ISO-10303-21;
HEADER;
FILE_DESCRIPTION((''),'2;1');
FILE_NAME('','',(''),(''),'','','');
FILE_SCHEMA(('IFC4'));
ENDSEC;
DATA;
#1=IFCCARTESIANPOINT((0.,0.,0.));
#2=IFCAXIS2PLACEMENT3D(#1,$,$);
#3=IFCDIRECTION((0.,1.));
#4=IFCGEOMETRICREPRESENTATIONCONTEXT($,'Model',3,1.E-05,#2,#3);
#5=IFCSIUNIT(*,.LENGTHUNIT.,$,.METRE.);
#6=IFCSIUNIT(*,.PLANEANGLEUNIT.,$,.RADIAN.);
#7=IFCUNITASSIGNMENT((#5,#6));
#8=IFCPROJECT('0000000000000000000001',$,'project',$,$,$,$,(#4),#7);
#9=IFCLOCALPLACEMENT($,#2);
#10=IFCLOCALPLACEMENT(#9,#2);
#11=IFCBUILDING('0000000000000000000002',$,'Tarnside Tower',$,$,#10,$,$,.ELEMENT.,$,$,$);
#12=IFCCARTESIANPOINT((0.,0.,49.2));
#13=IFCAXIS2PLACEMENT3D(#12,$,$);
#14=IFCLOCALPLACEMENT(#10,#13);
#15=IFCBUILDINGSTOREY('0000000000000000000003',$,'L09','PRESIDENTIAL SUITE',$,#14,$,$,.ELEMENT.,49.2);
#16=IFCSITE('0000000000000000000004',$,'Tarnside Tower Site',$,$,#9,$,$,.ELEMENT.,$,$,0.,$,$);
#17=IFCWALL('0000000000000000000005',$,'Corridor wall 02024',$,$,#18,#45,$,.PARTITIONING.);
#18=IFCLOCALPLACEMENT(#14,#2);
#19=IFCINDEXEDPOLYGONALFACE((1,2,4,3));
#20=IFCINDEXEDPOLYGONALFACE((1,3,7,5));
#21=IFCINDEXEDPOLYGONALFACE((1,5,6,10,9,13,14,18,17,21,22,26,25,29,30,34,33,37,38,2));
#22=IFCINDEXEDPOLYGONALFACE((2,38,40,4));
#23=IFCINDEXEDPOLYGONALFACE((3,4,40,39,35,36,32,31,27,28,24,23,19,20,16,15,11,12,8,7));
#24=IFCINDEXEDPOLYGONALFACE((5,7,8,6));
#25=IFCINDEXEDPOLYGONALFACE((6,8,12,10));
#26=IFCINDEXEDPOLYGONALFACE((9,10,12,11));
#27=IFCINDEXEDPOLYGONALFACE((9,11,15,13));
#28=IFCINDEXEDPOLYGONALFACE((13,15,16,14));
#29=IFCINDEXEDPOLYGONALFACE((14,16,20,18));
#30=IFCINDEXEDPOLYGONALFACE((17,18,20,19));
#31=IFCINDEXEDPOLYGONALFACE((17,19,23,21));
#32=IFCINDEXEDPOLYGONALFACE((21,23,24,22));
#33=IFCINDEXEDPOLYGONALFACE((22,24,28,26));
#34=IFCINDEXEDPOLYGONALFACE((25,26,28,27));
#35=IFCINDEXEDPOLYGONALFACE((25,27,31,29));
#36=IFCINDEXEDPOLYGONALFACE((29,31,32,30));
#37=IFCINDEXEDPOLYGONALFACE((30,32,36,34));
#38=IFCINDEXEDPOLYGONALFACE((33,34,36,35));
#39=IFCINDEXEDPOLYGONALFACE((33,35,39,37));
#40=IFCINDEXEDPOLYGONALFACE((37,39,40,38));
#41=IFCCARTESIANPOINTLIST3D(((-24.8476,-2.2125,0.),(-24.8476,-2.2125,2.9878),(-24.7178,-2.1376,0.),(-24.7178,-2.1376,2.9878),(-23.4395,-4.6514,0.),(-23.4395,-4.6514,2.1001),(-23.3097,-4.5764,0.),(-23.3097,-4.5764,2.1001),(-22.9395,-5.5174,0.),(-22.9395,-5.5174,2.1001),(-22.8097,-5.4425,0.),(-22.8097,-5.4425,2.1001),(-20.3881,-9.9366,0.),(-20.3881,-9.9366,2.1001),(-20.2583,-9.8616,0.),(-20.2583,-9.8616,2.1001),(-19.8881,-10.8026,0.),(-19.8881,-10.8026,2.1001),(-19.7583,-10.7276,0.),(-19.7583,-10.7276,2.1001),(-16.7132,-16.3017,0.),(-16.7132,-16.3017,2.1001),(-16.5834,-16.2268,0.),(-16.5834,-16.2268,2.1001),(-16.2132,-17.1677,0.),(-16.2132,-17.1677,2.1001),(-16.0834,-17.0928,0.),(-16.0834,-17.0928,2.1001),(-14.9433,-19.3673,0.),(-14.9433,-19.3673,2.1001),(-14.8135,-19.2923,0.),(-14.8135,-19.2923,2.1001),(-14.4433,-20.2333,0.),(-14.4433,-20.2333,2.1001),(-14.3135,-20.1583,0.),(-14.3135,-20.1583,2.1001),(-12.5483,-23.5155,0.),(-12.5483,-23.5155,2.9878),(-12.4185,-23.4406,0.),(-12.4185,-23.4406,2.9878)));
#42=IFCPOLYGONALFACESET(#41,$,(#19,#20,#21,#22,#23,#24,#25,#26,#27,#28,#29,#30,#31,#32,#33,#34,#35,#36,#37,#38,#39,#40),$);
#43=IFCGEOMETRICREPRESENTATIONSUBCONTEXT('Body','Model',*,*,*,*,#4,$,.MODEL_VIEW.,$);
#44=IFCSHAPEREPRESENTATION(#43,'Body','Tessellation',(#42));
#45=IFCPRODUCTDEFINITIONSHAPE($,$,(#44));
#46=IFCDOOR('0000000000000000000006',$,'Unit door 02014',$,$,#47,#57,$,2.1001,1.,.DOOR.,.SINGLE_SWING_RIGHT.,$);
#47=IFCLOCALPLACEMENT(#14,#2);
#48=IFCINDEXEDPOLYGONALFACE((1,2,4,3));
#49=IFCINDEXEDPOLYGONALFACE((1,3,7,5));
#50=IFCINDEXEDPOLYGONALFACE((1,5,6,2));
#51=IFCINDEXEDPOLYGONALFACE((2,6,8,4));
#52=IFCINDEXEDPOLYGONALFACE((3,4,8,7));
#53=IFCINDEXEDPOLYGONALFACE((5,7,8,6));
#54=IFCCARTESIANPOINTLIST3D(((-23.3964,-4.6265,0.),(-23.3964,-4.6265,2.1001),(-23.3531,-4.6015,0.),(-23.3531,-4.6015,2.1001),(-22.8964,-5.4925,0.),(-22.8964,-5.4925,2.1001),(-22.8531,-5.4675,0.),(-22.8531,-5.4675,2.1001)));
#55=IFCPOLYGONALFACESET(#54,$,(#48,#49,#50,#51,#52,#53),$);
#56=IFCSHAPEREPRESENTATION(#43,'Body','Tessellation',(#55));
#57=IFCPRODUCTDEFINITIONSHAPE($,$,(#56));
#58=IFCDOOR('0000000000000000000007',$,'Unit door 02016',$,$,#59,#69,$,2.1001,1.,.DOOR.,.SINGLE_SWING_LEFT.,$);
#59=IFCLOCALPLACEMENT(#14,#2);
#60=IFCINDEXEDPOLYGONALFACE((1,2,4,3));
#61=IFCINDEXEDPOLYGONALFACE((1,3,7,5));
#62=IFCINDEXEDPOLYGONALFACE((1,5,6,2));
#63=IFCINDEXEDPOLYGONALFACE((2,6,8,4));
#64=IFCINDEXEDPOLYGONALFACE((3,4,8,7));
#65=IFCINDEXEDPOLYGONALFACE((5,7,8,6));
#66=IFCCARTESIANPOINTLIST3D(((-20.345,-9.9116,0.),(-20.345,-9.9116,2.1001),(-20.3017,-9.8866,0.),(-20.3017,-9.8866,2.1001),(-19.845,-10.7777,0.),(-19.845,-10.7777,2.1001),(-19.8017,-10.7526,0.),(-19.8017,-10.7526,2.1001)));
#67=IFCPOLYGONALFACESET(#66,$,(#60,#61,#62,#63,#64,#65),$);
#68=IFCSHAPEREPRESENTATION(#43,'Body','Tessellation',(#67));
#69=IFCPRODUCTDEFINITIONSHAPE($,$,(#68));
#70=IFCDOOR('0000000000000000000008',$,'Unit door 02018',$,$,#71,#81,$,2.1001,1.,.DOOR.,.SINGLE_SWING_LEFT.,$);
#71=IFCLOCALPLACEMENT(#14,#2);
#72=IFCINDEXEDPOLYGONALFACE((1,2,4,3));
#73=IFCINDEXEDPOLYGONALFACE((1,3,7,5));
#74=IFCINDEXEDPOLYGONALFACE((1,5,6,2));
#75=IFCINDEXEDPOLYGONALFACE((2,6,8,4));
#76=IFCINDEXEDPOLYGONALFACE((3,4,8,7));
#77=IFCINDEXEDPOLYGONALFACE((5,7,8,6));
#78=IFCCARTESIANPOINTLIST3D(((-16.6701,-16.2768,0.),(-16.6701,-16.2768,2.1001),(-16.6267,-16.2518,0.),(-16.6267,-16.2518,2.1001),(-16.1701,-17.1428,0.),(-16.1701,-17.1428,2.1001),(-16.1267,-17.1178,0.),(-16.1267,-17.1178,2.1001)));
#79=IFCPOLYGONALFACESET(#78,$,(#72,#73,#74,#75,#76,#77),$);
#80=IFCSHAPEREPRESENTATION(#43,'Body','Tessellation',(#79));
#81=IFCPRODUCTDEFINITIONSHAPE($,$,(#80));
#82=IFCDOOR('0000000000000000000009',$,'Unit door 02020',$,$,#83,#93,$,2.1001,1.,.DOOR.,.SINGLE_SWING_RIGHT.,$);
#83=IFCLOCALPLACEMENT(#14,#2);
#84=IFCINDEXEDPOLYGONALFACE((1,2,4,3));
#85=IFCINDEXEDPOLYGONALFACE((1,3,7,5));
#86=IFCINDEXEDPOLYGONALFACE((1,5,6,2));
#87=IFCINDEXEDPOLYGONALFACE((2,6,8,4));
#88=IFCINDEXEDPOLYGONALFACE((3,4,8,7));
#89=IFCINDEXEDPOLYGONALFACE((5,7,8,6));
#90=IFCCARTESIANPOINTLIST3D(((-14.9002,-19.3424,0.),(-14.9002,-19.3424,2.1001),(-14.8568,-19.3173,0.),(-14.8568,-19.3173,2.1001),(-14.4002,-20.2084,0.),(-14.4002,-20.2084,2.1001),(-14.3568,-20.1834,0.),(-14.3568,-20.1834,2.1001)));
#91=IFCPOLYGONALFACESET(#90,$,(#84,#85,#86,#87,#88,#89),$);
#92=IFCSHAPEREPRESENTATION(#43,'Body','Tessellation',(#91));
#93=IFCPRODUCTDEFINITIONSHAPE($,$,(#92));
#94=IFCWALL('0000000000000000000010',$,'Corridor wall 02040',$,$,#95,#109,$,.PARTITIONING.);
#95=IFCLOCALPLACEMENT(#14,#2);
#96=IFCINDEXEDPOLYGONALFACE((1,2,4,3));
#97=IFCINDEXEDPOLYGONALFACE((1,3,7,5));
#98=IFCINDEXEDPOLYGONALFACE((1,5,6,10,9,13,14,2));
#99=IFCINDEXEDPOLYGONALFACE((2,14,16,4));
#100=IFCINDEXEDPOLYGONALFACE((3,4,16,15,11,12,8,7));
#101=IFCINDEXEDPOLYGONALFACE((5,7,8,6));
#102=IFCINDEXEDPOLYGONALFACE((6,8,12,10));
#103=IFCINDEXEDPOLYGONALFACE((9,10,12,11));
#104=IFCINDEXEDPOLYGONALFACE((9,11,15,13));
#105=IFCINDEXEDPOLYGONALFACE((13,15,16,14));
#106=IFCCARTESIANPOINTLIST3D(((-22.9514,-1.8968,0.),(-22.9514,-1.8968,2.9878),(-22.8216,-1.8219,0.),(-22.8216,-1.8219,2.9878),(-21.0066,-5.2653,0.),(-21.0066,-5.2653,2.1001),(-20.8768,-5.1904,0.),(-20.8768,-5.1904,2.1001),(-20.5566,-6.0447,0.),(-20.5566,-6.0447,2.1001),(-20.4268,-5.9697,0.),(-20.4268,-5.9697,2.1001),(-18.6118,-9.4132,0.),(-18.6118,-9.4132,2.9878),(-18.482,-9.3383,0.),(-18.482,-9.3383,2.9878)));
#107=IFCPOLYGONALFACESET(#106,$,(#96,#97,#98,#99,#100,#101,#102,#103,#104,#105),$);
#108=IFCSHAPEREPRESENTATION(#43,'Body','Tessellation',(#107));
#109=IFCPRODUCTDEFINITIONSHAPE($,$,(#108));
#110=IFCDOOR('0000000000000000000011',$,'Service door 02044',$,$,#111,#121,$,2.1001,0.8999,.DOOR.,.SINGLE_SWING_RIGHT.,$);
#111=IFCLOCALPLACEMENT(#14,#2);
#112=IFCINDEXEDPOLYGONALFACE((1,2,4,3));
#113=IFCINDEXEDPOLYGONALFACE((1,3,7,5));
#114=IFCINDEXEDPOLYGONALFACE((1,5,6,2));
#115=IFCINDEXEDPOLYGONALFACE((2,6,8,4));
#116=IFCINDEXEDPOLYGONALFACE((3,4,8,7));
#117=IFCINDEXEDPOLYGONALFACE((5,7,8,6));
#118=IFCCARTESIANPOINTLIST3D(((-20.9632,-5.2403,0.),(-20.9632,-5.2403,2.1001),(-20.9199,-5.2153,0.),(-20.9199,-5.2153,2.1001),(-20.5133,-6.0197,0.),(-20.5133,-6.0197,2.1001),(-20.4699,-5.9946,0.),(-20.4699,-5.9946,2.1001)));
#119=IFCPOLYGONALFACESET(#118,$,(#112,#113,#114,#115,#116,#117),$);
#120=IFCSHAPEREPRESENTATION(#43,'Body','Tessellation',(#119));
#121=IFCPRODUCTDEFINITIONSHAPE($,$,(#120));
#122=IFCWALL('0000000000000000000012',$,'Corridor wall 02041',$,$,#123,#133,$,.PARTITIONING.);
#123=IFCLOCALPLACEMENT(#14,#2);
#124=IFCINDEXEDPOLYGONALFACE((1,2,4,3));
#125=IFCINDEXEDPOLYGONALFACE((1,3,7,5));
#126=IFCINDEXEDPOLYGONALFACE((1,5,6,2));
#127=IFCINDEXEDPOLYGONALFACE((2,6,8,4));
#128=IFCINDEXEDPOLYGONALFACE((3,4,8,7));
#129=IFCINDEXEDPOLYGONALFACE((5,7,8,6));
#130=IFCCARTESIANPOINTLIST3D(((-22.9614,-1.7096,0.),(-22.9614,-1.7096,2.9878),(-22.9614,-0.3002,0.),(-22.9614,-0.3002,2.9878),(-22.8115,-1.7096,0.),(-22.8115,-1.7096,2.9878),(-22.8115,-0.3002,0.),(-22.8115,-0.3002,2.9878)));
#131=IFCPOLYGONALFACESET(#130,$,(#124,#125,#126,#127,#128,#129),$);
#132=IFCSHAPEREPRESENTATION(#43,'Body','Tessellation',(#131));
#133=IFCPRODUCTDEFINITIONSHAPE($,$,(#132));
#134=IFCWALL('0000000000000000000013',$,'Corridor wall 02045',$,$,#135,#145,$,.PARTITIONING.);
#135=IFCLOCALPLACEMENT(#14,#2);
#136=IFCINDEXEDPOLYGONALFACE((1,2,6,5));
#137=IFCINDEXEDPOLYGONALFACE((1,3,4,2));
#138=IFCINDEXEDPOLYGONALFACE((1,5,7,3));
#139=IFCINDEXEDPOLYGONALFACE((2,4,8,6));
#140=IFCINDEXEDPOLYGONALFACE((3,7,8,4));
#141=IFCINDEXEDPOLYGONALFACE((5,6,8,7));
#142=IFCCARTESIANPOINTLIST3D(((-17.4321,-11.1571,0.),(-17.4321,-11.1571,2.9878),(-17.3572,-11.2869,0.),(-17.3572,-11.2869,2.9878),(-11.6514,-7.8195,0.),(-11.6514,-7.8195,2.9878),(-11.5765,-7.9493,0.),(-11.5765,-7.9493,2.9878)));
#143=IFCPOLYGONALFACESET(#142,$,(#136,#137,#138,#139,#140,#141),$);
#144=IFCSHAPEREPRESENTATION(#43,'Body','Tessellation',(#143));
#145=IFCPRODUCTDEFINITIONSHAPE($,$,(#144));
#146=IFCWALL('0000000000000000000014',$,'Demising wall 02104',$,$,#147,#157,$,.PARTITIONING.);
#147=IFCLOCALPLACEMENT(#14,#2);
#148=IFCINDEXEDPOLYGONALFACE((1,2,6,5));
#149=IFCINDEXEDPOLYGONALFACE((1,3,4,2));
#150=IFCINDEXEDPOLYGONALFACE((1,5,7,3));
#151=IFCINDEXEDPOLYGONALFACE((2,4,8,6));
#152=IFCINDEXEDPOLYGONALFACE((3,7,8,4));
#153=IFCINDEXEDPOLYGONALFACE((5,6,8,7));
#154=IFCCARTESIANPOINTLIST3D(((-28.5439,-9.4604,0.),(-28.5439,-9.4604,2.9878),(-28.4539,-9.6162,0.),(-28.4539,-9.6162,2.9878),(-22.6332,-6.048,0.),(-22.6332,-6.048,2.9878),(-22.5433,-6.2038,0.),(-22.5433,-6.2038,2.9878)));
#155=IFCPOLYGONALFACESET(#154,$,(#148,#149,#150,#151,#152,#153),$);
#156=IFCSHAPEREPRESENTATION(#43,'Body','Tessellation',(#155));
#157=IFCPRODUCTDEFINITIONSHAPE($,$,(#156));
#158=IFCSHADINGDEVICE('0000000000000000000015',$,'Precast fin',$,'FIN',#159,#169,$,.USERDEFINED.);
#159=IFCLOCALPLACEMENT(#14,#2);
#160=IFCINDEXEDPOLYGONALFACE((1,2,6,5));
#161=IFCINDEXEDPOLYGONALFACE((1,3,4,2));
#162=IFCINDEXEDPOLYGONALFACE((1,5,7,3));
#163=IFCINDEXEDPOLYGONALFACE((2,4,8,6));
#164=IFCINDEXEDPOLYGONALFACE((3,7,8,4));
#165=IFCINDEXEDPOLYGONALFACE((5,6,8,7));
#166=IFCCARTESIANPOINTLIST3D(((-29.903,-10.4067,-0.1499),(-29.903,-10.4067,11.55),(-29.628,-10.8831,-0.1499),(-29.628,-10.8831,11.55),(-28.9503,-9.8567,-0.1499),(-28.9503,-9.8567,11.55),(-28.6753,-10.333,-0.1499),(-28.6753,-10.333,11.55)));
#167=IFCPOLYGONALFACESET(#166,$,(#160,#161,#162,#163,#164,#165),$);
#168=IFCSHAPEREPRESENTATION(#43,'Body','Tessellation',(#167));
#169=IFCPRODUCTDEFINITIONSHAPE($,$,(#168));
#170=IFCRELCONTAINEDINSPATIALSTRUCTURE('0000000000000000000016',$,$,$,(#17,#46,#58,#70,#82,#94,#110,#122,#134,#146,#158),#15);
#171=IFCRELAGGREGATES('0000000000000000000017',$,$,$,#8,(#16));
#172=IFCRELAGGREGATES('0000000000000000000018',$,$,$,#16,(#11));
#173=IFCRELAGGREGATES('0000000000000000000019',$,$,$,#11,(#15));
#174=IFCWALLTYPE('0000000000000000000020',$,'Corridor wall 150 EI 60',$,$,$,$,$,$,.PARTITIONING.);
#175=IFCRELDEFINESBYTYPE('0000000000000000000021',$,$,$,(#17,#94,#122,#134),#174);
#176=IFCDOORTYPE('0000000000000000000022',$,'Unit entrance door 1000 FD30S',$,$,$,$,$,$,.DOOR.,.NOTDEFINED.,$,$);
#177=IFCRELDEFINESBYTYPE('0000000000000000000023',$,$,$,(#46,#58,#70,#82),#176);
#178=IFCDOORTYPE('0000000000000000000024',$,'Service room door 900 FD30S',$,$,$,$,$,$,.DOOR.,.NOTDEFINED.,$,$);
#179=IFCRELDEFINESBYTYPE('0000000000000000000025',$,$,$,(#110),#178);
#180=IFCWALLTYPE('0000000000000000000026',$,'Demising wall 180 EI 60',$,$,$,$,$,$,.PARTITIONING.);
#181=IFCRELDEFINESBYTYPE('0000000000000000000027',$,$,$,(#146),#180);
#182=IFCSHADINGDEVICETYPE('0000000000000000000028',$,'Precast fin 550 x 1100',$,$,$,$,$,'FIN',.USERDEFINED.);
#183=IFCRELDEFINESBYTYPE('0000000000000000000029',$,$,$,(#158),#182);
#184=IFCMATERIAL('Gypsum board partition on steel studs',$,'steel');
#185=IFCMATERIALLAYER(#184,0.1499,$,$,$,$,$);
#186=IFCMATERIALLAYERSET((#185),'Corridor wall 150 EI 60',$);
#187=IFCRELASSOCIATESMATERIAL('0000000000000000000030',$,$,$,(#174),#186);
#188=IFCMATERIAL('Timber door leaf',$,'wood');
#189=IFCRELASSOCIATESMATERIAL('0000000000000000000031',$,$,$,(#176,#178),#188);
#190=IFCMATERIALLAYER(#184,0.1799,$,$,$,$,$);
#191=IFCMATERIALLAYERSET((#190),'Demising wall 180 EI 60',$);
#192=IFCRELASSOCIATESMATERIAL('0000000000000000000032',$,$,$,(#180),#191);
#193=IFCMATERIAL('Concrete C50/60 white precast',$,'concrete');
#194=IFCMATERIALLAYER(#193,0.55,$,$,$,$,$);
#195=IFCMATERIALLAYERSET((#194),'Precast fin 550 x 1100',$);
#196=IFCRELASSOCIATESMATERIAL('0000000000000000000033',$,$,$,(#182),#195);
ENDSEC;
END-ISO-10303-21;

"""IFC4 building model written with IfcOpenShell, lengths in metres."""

from ifc_helpers import new_model, si_unit, direction, frame, frame_2d, origin, place, context, subcontext, project, spatial, polyline, rectangle, outline, extrude, material, layer, layer_set, type_object, element, fill, save


model = new_model("IFC4")

# Units and contexts
model_context = context("Model", 3, precision=1e-05, world=origin(), true_north=direction((0.0, 1.0)))
body_context = subcontext(model_context, "Body", "Model", "MODEL_VIEW")
ifc_project = project(units=[si_unit("LENGTHUNIT", "METRE"), si_unit("PLANEANGLEUNIT", "RADIAN")], contexts=[model_context])

# Site, building, storey
site_placement = place(None, origin())
site = spatial("IfcSite", under=ifc_project, at=site_placement, Name="Tarnside Tower Site", CompositionType="ELEMENT", RefElevation=0.0)
building_placement = place(site_placement, origin())
building = spatial("IfcBuilding", under=site, at=building_placement, Name="Tarnside Tower", CompositionType="ELEMENT")
storey_placement = place(building_placement, frame((0.0, 0.0, 49.2)))
storey = spatial("IfcBuildingStorey", under=building, at=storey_placement, Name="L09", Description="PRESIDENTIAL SUITE", CompositionType="ELEMENT", Elevation=49.2)

# Shared definitions
ifc_material_1 = material(Name="Gypsum board partition on steel studs", Category="steel")
ifc_material_2 = material(Name="Timber door leaf", Category="wood")

# Shared definitions
ifc_layer_1 = layer(ifc_material_1, 0.1499)
ifc_layer_set_1 = layer_set([ifc_layer_1], Name="Corridor wall 150 EI 60")
wall_type_1 = type_object("IfcWallType", Name="Corridor wall 150 EI 60", PredefinedType="PARTITIONING", material=ifc_layer_set_1)

# Wall, openings, doors
wall_1_placement = place(storey_placement, frame((-24.7827, -2.175, 0.0), z_axis=(0.0, 0.0, 1.0), x_axis=(0.500001, -0.866025, 0.0)))
wall_1 = element("IfcWall", 1, at=wall_1_placement, inside=storey, type_object=wall_type_1, Name="Corridor wall 02024", PredefinedType="PARTITIONING", context=body_context, shape_type="SweptSolid", body=[
    extrude(rectangle(XDim=24.5986, YDim=0.1499, at=frame_2d((12.2993, 0.0))), origin(), (0.0, 0.0, 1.0), 2.9878),
])
opening_1_placement = place(wall_1_placement, frame((2.8162, 0.0, 0.0)))
opening_1 = element("IfcOpeningElement", 2, at=opening_1_placement, cuts=wall_1, PredefinedType="OPENING", context=body_context, shape_type="SweptSolid", body=[
    extrude(rectangle(XDim=1.0, YDim=2.1001, at=frame_2d((0.5, 1.05))), frame((0.0, 0.085, 0.0), z_axis=(0.0, -1.0, 0.0), x_axis=(1.0, 0.0, 0.0)), (0.0, 0.0, 1.0), 0.1699),
])
opening_2_placement = place(wall_1_placement, frame((8.9189, 0.0, 0.0)))
opening_2 = element("IfcOpeningElement", 3, at=opening_2_placement, cuts=wall_1, PredefinedType="OPENING", context=body_context, shape_type="SweptSolid", body=[
    extrude(rectangle(XDim=1.0, YDim=2.1001, at=frame_2d((0.5, 1.05))), frame((0.0, 0.085, 0.0), z_axis=(0.0, -1.0, 0.0), x_axis=(1.0, 0.0, 0.0)), (0.0, 0.0, 1.0), 0.1699),
])
opening_3_placement = place(wall_1_placement, frame((16.2688, 0.0, 0.0)))
opening_3 = element("IfcOpeningElement", 4, at=opening_3_placement, cuts=wall_1, PredefinedType="OPENING", context=body_context, shape_type="SweptSolid", body=[
    extrude(rectangle(XDim=1.0, YDim=2.1001, at=frame_2d((0.5, 1.05))), frame((0.0, 0.085, 0.0), z_axis=(0.0, -1.0, 0.0), x_axis=(1.0, 0.0, 0.0)), (0.0, 0.0, 1.0), 0.1699),
])
opening_4_placement = place(wall_1_placement, frame((19.8086, 0.0, 0.0)))
opening_4 = element("IfcOpeningElement", 5, at=opening_4_placement, cuts=wall_1, PredefinedType="OPENING", context=body_context, shape_type="SweptSolid", body=[
    extrude(rectangle(XDim=1.0, YDim=2.1001, at=frame_2d((0.5, 1.05))), frame((0.0, 0.085, 0.0), z_axis=(0.0, -1.0, 0.0), x_axis=(1.0, 0.0, 0.0)), (0.0, 0.0, 1.0), 0.1699),
])
door_type_1 = type_object("IfcDoorType", Name="Unit entrance door 1000 FD30S", OperationType="NOTDEFINED", PredefinedType="DOOR", material=ifc_material_2)
door_1_placement = place(opening_1_placement, origin())
door_1 = element("IfcDoor", 6, at=door_1_placement, inside=storey, type_object=door_type_1, Name="Unit door 02014", OperationType="SINGLE_SWING_RIGHT", OverallHeight=2.1001, OverallWidth=1.0, PredefinedType="DOOR", context=body_context, shape_type="SweptSolid", body=[
    extrude(rectangle(XDim=1.0, YDim=2.1001, at=frame_2d((0.5, 1.05))), frame((0.0, 0.0249, 0.0), z_axis=(0.0, -1.0, 0.0), x_axis=(1.0, 0.0, 0.0)), (0.0, 0.0, 1.0), 0.05),
])
fill(opening_1, door_1)
door_2_placement = place(opening_2_placement, origin())
door_2 = element("IfcDoor", 7, at=door_2_placement, inside=storey, type_object=door_type_1, Name="Unit door 02016", OperationType="SINGLE_SWING_LEFT", OverallHeight=2.1001, OverallWidth=1.0, PredefinedType="DOOR", context=body_context, shape_type="SweptSolid", body=[
    extrude(rectangle(XDim=1.0, YDim=2.1001, at=frame_2d((0.5, 1.05))), frame((0.0, 0.0249, 0.0), z_axis=(0.0, -1.0, 0.0), x_axis=(1.0, 0.0, 0.0)), (0.0, 0.0, 1.0), 0.05),
])
fill(opening_2, door_2)
door_3_placement = place(opening_3_placement, origin())
door_3 = element("IfcDoor", 8, at=door_3_placement, inside=storey, type_object=door_type_1, Name="Unit door 02018", OperationType="SINGLE_SWING_LEFT", OverallHeight=2.1001, OverallWidth=1.0, PredefinedType="DOOR", context=body_context, shape_type="SweptSolid", body=[
    extrude(rectangle(XDim=1.0, YDim=2.1001, at=frame_2d((0.5, 1.05))), frame((0.0, 0.0249, 0.0), z_axis=(0.0, -1.0, 0.0), x_axis=(1.0, 0.0, 0.0)), (0.0, 0.0, 1.0), 0.05),
])
fill(opening_3, door_3)
door_4_placement = place(opening_4_placement, origin())
door_4 = element("IfcDoor", 9, at=door_4_placement, inside=storey, type_object=door_type_1, Name="Unit door 02020", OperationType="SINGLE_SWING_RIGHT", OverallHeight=2.1001, OverallWidth=1.0, PredefinedType="DOOR", context=body_context, shape_type="SweptSolid", body=[
    extrude(rectangle(XDim=1.0, YDim=2.1001, at=frame_2d((0.5, 1.05))), frame((0.0, 0.0249, 0.0), z_axis=(0.0, -1.0, 0.0), x_axis=(1.0, 0.0, 0.0)), (0.0, 0.0, 1.0), 0.05),
])
fill(opening_4, door_4)

# Wall, opening, door
wall_2_placement = place(storey_placement, frame((-18.5469, -9.3757, 0.0), z_axis=(0.0, 0.0, 1.0), x_axis=(-0.500002, 0.866024, 0.0)))
wall_2 = element("IfcWall", 10, at=wall_2_placement, inside=storey, type_object=wall_type_1, Name="Corridor wall 02040", PredefinedType="PARTITIONING", context=body_context, shape_type="SweptSolid", body=[
    extrude(rectangle(XDim=8.6792, YDim=0.1499, at=frame_2d((4.3396, 0.0))), origin(), (0.0, 0.0, 1.0), 2.9878),
])
opening_5_placement = place(wall_2_placement, frame((3.8896, 0.0, 0.0)))
opening_5 = element("IfcOpeningElement", 11, at=opening_5_placement, cuts=wall_2, PredefinedType="OPENING", context=body_context, shape_type="SweptSolid", body=[
    extrude(rectangle(XDim=0.8999, YDim=2.1001, at=frame_2d((0.45, 1.05))), frame((0.0, 0.085, 0.0), z_axis=(0.0, -1.0, 0.0), x_axis=(1.0, 0.0, 0.0)), (0.0, 0.0, 1.0), 0.1699),
])
door_type_2 = type_object("IfcDoorType", Name="Service room door 900 FD30S", OperationType="NOTDEFINED", PredefinedType="DOOR", material=ifc_material_2)
door_5_placement = place(opening_5_placement, origin())
door_5 = element("IfcDoor", 12, at=door_5_placement, inside=storey, type_object=door_type_2, Name="Service door 02044", OperationType="SINGLE_SWING_RIGHT", OverallHeight=2.1001, OverallWidth=0.8999, PredefinedType="DOOR", context=body_context, shape_type="SweptSolid", body=[
    extrude(rectangle(XDim=0.8999, YDim=2.1001, at=frame_2d((0.45, 1.05))), frame((0.0, 0.0249, 0.0), z_axis=(0.0, -1.0, 0.0), x_axis=(1.0, 0.0, 0.0)), (0.0, 0.0, 1.0), 0.05),
])
fill(opening_5, door_5)

# Walls
wall_3_placement = place(storey_placement, frame((-22.8865, -1.7095, 0.0), z_axis=(0.0, 0.0, 1.0), x_axis=(0.0, 1.0, 0.0)))
element("IfcWall", 13, at=wall_3_placement, inside=storey, type_object=wall_type_1, Name="Corridor wall 02041", PredefinedType="PARTITIONING", context=body_context, shape_type="SweptSolid", body=[
    extrude(rectangle(XDim=1.4094, YDim=0.1499, at=frame_2d((0.7046, 0.0))), origin(), (0.0, 0.0, 1.0), 2.9878),
])
wall_4_placement = place(storey_placement, frame((-17.3945, -11.2219, 0.0), z_axis=(0.0, 0.0, 1.0), x_axis=(0.866017, 0.500014, 0.0)))
element("IfcWall", 14, at=wall_4_placement, inside=storey, type_object=wall_type_1, Name="Corridor wall 02045", PredefinedType="PARTITIONING", context=body_context, shape_type="SweptSolid", body=[
    extrude(rectangle(XDim=6.675, YDim=0.1499, at=frame_2d((3.3374, 0.0))), origin(), (0.0, 0.0, 1.0), 2.9878),
])
ifc_layer_2 = layer(ifc_material_1, 0.1799)
ifc_layer_set_2 = layer_set([ifc_layer_2], Name="Demising wall 180 EI 60")
wall_type_2 = type_object("IfcWallType", Name="Demising wall 180 EI 60", PredefinedType="PARTITIONING", material=ifc_layer_set_2)
wall_5_placement = place(storey_placement, frame((-28.499, -9.5383, 0.0), z_axis=(0.0, 0.0, 1.0), x_axis=(0.866035, 0.499983, 0.0)))
element("IfcWall", 15, at=wall_5_placement, inside=storey, type_object=wall_type_2, Name="Demising wall 02104", PredefinedType="PARTITIONING", context=body_context, shape_type="SweptSolid", body=[
    extrude(rectangle(XDim=6.825, YDim=0.1799, at=frame_2d((3.4126, 0.0))), origin(), (0.0, 0.0, 1.0), 2.9878),
])

# Shading device
ifc_material_3 = material(Name="Concrete C50/60 white precast", Category="concrete")
ifc_layer_3 = layer(ifc_material_3, 0.55)
ifc_layer_set_3 = layer_set([ifc_layer_3], Name="Precast fin 550 x 1100")
shading_device_type = type_object("IfcShadingDeviceType", Name="Precast fin 550 x 1100", ElementType="FIN", PredefinedType="USERDEFINED", material=ifc_layer_set_3)
shading_device_placement = place(storey_placement, frame((-28.8127, -10.095, -0.1499), z_axis=(-0.5, 0.866025, 0.0), x_axis=(-0.866025, -0.5, 0.0)))
element("IfcShadingDevice", 16, at=shading_device_placement, inside=storey, type_object=shading_device_type, Name="Precast fin", ObjectType="FIN", PredefinedType="USERDEFINED", context=body_context, shape_type="SweptSolid", body=[
    extrude(outline(polyline([(0.0, 0.0), (1.1001, 0.0), (1.1001, 11.7), (0.0, 11.7), (0.0, 0.0)])), frame((0.0, 0.0, -0.2749)), (0.0, 0.0, 1.0), 0.55),
])

save(model, "model.ifc")
